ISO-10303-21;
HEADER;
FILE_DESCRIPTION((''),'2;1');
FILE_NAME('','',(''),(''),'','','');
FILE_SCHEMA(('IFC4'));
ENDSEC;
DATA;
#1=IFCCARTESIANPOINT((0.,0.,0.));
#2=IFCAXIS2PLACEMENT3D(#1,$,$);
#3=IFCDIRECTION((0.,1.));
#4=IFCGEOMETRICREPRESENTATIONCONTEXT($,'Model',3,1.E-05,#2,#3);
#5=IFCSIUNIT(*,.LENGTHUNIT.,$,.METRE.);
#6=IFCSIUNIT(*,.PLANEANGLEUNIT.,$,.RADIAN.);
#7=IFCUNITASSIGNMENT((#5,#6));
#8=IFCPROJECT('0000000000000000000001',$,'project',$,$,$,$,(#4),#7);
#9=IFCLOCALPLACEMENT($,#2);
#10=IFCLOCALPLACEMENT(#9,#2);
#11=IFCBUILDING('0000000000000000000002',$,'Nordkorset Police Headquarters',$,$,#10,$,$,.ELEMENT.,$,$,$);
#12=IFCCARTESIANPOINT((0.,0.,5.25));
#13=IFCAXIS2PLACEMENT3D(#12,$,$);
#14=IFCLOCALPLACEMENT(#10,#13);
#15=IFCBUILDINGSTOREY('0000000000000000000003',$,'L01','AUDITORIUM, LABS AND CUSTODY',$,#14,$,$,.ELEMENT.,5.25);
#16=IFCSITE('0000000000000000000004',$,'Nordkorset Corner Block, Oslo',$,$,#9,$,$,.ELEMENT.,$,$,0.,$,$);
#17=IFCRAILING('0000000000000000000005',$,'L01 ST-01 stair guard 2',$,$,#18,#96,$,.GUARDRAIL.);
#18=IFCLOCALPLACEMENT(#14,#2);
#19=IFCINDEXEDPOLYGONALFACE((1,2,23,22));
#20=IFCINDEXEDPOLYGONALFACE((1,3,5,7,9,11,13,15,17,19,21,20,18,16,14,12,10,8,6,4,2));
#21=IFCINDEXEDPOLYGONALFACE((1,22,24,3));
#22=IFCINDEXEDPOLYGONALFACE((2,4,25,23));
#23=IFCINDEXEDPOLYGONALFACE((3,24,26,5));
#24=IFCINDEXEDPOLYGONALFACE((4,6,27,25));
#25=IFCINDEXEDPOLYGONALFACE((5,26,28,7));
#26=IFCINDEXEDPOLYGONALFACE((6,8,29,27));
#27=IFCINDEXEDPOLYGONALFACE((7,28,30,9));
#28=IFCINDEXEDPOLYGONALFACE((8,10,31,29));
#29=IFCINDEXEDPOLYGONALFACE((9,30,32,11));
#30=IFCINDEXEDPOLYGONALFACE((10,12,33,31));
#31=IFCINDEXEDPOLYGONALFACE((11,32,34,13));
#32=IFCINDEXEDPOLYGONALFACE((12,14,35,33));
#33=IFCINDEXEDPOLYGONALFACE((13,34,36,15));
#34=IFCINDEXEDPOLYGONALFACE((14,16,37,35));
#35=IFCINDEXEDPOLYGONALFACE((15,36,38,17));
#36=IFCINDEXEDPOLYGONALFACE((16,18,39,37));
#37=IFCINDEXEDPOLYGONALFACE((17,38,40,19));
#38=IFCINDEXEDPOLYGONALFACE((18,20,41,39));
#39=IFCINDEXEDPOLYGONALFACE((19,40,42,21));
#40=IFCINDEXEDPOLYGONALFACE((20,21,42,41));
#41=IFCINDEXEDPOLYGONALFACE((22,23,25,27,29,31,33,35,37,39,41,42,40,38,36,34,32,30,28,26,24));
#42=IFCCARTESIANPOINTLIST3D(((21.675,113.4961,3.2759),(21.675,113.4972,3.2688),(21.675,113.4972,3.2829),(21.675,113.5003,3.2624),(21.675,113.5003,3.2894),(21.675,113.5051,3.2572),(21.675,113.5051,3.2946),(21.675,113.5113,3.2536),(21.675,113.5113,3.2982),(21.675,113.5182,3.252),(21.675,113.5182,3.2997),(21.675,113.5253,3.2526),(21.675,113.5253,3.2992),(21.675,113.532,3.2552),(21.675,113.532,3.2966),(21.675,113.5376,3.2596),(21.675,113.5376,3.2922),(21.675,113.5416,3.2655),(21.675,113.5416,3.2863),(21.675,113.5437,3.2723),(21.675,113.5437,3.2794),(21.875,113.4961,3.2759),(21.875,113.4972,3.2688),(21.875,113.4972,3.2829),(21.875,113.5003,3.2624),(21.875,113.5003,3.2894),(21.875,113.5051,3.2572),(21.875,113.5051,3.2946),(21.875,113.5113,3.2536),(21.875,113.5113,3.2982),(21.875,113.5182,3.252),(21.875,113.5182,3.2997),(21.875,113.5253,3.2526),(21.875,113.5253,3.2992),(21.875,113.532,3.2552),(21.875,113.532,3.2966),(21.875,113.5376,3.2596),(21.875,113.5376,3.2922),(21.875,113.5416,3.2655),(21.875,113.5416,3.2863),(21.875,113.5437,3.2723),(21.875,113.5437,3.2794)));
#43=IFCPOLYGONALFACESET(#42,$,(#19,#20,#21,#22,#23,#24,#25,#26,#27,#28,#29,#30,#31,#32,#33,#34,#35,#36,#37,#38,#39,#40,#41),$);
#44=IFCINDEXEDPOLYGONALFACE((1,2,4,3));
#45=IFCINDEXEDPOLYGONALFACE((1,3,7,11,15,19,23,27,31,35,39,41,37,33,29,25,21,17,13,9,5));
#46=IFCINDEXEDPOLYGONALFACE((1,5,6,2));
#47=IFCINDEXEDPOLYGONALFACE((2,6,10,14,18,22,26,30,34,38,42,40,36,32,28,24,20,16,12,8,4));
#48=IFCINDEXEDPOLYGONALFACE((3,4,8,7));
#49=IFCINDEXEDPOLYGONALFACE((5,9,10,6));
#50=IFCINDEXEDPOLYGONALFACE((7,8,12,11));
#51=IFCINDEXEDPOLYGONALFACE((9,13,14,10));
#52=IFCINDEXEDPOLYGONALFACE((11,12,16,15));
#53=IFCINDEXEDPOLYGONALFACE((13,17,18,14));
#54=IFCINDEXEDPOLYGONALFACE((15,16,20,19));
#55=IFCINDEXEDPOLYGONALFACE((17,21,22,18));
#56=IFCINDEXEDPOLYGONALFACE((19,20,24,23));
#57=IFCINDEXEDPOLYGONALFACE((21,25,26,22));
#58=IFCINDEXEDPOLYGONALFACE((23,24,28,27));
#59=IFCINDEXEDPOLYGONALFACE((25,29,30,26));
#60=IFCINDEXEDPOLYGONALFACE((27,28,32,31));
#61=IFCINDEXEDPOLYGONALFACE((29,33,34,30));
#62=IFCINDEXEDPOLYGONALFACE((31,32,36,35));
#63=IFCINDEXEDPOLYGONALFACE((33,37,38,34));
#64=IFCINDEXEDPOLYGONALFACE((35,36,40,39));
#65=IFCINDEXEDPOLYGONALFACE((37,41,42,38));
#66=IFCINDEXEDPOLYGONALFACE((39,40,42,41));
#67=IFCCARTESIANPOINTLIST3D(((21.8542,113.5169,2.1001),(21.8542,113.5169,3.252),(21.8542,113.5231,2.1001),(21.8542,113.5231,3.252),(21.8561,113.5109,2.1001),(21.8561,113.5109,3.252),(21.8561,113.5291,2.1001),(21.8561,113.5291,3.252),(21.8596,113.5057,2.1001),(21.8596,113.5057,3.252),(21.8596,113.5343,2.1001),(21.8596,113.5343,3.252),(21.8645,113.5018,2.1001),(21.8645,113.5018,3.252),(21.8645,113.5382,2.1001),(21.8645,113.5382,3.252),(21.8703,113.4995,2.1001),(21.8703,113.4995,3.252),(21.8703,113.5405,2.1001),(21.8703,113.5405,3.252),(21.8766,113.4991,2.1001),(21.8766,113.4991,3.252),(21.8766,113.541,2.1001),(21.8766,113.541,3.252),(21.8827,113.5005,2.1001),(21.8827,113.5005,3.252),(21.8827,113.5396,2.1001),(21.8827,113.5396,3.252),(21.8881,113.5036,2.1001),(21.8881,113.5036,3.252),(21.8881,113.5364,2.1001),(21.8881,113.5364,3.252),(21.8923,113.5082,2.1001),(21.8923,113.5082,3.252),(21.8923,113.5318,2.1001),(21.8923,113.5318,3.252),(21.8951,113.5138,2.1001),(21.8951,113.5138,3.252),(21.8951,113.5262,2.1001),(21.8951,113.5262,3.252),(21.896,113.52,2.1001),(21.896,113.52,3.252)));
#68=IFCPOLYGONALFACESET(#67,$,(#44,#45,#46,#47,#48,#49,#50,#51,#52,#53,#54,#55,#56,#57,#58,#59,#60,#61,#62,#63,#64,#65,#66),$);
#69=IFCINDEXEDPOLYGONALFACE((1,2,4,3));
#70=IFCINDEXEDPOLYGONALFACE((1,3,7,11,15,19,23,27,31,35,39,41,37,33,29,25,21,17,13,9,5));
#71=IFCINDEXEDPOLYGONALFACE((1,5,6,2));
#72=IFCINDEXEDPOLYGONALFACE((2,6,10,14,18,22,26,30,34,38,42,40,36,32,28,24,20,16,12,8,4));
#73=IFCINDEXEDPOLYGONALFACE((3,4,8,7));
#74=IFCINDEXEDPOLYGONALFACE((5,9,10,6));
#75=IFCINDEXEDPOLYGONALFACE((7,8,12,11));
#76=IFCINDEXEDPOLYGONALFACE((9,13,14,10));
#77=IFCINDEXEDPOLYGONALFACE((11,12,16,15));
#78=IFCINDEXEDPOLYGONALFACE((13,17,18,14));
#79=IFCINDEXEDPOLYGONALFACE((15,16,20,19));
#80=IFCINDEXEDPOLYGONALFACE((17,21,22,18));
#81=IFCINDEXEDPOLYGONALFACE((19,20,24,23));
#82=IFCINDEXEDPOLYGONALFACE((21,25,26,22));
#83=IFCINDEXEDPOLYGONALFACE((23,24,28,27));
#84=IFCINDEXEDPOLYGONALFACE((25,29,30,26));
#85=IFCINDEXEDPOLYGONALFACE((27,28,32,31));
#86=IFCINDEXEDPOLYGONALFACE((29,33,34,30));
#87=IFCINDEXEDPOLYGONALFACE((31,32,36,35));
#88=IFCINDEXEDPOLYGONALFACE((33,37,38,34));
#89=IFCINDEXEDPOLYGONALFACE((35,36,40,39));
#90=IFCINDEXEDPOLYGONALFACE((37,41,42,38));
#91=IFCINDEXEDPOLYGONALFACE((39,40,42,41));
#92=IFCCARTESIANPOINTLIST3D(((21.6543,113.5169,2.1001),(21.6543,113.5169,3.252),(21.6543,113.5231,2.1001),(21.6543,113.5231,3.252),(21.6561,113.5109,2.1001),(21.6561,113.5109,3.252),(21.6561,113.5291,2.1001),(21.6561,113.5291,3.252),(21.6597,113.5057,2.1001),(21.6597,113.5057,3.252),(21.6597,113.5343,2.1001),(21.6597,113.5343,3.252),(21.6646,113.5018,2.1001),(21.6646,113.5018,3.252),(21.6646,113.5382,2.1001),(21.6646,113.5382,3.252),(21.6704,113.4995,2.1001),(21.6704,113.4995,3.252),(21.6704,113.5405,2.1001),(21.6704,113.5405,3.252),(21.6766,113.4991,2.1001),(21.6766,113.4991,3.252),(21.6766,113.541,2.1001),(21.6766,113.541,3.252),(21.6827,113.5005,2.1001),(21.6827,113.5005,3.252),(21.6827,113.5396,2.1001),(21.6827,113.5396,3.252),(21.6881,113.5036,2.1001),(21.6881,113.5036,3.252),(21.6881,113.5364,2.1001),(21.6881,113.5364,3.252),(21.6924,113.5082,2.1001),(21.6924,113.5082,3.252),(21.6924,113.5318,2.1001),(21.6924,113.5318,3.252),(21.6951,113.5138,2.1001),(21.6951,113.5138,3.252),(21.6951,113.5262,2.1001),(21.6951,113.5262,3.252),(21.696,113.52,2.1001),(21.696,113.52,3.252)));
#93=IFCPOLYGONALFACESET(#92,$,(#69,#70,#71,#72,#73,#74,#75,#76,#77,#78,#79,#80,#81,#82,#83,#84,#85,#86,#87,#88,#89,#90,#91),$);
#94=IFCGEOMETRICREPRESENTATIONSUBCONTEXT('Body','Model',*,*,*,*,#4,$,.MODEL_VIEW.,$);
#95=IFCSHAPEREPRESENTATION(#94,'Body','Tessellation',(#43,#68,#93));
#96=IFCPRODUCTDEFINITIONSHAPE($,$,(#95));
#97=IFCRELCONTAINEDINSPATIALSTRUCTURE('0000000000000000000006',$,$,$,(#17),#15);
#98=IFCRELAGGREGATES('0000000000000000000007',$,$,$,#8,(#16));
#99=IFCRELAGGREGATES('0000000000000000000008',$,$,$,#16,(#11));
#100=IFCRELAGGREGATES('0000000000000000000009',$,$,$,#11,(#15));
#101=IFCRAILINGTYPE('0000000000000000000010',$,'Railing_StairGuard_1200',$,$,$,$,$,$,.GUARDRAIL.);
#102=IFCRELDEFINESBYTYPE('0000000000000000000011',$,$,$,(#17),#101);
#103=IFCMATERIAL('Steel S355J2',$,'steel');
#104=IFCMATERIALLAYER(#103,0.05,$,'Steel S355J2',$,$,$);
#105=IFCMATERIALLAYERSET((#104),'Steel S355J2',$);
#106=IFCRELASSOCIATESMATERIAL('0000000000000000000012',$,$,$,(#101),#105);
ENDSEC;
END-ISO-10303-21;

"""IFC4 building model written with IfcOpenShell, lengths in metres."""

from ifc_helpers import new_model, si_unit, direction, frame, origin, origin_2d, place, context, subcontext, project, spatial, circle, extrude, material, layer, layer_set, type_object, element, save


model = new_model("IFC4")

# Units and contexts
model_context = context("Model", 3, precision=1e-05, world=origin(), true_north=direction((0.0, 1.0)))
body_context = subcontext(model_context, "Body", "Model", "MODEL_VIEW")
ifc_project = project(units=[si_unit("LENGTHUNIT", "METRE"), si_unit("PLANEANGLEUNIT", "RADIAN")], contexts=[model_context])

# Site, building, storey
site_placement = place(None, origin())
site = spatial("IfcSite", under=ifc_project, at=site_placement, Name="Nordkorset Corner Block, Oslo", CompositionType="ELEMENT", RefElevation=0.0)
building_placement = place(site_placement, origin())
building = spatial("IfcBuilding", under=site, at=building_placement, Name="Nordkorset Police Headquarters", CompositionType="ELEMENT")
storey_placement = place(building_placement, frame((0.0, 0.0, 5.25)))
storey = spatial("IfcBuildingStorey", under=building, at=storey_placement, Name="L01", Description="AUDITORIUM, LABS AND CUSTODY", CompositionType="ELEMENT", Elevation=5.25)

# Railing
ifc_material_1 = material(Name="Steel S355J2", Category="steel")
ifc_layer_1 = layer(ifc_material_1, 0.05, Name="Steel S355J2")
ifc_layer_set_1 = layer_set([ifc_layer_1], Name="Steel S355J2")
railing_type_1 = type_object("IfcRailingType", Name="Railing_StairGuard_1200", PredefinedType="GUARDRAIL", material=ifc_layer_set_1)
railing_1_placement = place(storey_placement, frame((21.875, 113.52, 2.1001)))
element("IfcRailing", 1, at=railing_1_placement, inside=storey, type_object=railing_type_1, Name="L01 ST-01 stair guard 2", PredefinedType="GUARDRAIL", context=body_context, shape_type="SweptSolid", body=[
    extrude(circle(Radius=0.0239, at=origin_2d()), frame((0.0, 0.0, 1.1758), z_axis=(-1.0, 0.0, 0.0), x_axis=(0.0, -1.0, 0.0)), (0.0, 0.0, 1.0), 0.2),
    extrude(circle(Radius=0.021, at=origin_2d()), origin(), (0.0, 0.0, 1.0), 1.1519),
    extrude(circle(Radius=0.021, at=origin_2d()), frame((-0.2, 0.0, 0.0)), (0.0, 0.0, 1.0), 1.1519),
])

save(model, "model.ifc")
